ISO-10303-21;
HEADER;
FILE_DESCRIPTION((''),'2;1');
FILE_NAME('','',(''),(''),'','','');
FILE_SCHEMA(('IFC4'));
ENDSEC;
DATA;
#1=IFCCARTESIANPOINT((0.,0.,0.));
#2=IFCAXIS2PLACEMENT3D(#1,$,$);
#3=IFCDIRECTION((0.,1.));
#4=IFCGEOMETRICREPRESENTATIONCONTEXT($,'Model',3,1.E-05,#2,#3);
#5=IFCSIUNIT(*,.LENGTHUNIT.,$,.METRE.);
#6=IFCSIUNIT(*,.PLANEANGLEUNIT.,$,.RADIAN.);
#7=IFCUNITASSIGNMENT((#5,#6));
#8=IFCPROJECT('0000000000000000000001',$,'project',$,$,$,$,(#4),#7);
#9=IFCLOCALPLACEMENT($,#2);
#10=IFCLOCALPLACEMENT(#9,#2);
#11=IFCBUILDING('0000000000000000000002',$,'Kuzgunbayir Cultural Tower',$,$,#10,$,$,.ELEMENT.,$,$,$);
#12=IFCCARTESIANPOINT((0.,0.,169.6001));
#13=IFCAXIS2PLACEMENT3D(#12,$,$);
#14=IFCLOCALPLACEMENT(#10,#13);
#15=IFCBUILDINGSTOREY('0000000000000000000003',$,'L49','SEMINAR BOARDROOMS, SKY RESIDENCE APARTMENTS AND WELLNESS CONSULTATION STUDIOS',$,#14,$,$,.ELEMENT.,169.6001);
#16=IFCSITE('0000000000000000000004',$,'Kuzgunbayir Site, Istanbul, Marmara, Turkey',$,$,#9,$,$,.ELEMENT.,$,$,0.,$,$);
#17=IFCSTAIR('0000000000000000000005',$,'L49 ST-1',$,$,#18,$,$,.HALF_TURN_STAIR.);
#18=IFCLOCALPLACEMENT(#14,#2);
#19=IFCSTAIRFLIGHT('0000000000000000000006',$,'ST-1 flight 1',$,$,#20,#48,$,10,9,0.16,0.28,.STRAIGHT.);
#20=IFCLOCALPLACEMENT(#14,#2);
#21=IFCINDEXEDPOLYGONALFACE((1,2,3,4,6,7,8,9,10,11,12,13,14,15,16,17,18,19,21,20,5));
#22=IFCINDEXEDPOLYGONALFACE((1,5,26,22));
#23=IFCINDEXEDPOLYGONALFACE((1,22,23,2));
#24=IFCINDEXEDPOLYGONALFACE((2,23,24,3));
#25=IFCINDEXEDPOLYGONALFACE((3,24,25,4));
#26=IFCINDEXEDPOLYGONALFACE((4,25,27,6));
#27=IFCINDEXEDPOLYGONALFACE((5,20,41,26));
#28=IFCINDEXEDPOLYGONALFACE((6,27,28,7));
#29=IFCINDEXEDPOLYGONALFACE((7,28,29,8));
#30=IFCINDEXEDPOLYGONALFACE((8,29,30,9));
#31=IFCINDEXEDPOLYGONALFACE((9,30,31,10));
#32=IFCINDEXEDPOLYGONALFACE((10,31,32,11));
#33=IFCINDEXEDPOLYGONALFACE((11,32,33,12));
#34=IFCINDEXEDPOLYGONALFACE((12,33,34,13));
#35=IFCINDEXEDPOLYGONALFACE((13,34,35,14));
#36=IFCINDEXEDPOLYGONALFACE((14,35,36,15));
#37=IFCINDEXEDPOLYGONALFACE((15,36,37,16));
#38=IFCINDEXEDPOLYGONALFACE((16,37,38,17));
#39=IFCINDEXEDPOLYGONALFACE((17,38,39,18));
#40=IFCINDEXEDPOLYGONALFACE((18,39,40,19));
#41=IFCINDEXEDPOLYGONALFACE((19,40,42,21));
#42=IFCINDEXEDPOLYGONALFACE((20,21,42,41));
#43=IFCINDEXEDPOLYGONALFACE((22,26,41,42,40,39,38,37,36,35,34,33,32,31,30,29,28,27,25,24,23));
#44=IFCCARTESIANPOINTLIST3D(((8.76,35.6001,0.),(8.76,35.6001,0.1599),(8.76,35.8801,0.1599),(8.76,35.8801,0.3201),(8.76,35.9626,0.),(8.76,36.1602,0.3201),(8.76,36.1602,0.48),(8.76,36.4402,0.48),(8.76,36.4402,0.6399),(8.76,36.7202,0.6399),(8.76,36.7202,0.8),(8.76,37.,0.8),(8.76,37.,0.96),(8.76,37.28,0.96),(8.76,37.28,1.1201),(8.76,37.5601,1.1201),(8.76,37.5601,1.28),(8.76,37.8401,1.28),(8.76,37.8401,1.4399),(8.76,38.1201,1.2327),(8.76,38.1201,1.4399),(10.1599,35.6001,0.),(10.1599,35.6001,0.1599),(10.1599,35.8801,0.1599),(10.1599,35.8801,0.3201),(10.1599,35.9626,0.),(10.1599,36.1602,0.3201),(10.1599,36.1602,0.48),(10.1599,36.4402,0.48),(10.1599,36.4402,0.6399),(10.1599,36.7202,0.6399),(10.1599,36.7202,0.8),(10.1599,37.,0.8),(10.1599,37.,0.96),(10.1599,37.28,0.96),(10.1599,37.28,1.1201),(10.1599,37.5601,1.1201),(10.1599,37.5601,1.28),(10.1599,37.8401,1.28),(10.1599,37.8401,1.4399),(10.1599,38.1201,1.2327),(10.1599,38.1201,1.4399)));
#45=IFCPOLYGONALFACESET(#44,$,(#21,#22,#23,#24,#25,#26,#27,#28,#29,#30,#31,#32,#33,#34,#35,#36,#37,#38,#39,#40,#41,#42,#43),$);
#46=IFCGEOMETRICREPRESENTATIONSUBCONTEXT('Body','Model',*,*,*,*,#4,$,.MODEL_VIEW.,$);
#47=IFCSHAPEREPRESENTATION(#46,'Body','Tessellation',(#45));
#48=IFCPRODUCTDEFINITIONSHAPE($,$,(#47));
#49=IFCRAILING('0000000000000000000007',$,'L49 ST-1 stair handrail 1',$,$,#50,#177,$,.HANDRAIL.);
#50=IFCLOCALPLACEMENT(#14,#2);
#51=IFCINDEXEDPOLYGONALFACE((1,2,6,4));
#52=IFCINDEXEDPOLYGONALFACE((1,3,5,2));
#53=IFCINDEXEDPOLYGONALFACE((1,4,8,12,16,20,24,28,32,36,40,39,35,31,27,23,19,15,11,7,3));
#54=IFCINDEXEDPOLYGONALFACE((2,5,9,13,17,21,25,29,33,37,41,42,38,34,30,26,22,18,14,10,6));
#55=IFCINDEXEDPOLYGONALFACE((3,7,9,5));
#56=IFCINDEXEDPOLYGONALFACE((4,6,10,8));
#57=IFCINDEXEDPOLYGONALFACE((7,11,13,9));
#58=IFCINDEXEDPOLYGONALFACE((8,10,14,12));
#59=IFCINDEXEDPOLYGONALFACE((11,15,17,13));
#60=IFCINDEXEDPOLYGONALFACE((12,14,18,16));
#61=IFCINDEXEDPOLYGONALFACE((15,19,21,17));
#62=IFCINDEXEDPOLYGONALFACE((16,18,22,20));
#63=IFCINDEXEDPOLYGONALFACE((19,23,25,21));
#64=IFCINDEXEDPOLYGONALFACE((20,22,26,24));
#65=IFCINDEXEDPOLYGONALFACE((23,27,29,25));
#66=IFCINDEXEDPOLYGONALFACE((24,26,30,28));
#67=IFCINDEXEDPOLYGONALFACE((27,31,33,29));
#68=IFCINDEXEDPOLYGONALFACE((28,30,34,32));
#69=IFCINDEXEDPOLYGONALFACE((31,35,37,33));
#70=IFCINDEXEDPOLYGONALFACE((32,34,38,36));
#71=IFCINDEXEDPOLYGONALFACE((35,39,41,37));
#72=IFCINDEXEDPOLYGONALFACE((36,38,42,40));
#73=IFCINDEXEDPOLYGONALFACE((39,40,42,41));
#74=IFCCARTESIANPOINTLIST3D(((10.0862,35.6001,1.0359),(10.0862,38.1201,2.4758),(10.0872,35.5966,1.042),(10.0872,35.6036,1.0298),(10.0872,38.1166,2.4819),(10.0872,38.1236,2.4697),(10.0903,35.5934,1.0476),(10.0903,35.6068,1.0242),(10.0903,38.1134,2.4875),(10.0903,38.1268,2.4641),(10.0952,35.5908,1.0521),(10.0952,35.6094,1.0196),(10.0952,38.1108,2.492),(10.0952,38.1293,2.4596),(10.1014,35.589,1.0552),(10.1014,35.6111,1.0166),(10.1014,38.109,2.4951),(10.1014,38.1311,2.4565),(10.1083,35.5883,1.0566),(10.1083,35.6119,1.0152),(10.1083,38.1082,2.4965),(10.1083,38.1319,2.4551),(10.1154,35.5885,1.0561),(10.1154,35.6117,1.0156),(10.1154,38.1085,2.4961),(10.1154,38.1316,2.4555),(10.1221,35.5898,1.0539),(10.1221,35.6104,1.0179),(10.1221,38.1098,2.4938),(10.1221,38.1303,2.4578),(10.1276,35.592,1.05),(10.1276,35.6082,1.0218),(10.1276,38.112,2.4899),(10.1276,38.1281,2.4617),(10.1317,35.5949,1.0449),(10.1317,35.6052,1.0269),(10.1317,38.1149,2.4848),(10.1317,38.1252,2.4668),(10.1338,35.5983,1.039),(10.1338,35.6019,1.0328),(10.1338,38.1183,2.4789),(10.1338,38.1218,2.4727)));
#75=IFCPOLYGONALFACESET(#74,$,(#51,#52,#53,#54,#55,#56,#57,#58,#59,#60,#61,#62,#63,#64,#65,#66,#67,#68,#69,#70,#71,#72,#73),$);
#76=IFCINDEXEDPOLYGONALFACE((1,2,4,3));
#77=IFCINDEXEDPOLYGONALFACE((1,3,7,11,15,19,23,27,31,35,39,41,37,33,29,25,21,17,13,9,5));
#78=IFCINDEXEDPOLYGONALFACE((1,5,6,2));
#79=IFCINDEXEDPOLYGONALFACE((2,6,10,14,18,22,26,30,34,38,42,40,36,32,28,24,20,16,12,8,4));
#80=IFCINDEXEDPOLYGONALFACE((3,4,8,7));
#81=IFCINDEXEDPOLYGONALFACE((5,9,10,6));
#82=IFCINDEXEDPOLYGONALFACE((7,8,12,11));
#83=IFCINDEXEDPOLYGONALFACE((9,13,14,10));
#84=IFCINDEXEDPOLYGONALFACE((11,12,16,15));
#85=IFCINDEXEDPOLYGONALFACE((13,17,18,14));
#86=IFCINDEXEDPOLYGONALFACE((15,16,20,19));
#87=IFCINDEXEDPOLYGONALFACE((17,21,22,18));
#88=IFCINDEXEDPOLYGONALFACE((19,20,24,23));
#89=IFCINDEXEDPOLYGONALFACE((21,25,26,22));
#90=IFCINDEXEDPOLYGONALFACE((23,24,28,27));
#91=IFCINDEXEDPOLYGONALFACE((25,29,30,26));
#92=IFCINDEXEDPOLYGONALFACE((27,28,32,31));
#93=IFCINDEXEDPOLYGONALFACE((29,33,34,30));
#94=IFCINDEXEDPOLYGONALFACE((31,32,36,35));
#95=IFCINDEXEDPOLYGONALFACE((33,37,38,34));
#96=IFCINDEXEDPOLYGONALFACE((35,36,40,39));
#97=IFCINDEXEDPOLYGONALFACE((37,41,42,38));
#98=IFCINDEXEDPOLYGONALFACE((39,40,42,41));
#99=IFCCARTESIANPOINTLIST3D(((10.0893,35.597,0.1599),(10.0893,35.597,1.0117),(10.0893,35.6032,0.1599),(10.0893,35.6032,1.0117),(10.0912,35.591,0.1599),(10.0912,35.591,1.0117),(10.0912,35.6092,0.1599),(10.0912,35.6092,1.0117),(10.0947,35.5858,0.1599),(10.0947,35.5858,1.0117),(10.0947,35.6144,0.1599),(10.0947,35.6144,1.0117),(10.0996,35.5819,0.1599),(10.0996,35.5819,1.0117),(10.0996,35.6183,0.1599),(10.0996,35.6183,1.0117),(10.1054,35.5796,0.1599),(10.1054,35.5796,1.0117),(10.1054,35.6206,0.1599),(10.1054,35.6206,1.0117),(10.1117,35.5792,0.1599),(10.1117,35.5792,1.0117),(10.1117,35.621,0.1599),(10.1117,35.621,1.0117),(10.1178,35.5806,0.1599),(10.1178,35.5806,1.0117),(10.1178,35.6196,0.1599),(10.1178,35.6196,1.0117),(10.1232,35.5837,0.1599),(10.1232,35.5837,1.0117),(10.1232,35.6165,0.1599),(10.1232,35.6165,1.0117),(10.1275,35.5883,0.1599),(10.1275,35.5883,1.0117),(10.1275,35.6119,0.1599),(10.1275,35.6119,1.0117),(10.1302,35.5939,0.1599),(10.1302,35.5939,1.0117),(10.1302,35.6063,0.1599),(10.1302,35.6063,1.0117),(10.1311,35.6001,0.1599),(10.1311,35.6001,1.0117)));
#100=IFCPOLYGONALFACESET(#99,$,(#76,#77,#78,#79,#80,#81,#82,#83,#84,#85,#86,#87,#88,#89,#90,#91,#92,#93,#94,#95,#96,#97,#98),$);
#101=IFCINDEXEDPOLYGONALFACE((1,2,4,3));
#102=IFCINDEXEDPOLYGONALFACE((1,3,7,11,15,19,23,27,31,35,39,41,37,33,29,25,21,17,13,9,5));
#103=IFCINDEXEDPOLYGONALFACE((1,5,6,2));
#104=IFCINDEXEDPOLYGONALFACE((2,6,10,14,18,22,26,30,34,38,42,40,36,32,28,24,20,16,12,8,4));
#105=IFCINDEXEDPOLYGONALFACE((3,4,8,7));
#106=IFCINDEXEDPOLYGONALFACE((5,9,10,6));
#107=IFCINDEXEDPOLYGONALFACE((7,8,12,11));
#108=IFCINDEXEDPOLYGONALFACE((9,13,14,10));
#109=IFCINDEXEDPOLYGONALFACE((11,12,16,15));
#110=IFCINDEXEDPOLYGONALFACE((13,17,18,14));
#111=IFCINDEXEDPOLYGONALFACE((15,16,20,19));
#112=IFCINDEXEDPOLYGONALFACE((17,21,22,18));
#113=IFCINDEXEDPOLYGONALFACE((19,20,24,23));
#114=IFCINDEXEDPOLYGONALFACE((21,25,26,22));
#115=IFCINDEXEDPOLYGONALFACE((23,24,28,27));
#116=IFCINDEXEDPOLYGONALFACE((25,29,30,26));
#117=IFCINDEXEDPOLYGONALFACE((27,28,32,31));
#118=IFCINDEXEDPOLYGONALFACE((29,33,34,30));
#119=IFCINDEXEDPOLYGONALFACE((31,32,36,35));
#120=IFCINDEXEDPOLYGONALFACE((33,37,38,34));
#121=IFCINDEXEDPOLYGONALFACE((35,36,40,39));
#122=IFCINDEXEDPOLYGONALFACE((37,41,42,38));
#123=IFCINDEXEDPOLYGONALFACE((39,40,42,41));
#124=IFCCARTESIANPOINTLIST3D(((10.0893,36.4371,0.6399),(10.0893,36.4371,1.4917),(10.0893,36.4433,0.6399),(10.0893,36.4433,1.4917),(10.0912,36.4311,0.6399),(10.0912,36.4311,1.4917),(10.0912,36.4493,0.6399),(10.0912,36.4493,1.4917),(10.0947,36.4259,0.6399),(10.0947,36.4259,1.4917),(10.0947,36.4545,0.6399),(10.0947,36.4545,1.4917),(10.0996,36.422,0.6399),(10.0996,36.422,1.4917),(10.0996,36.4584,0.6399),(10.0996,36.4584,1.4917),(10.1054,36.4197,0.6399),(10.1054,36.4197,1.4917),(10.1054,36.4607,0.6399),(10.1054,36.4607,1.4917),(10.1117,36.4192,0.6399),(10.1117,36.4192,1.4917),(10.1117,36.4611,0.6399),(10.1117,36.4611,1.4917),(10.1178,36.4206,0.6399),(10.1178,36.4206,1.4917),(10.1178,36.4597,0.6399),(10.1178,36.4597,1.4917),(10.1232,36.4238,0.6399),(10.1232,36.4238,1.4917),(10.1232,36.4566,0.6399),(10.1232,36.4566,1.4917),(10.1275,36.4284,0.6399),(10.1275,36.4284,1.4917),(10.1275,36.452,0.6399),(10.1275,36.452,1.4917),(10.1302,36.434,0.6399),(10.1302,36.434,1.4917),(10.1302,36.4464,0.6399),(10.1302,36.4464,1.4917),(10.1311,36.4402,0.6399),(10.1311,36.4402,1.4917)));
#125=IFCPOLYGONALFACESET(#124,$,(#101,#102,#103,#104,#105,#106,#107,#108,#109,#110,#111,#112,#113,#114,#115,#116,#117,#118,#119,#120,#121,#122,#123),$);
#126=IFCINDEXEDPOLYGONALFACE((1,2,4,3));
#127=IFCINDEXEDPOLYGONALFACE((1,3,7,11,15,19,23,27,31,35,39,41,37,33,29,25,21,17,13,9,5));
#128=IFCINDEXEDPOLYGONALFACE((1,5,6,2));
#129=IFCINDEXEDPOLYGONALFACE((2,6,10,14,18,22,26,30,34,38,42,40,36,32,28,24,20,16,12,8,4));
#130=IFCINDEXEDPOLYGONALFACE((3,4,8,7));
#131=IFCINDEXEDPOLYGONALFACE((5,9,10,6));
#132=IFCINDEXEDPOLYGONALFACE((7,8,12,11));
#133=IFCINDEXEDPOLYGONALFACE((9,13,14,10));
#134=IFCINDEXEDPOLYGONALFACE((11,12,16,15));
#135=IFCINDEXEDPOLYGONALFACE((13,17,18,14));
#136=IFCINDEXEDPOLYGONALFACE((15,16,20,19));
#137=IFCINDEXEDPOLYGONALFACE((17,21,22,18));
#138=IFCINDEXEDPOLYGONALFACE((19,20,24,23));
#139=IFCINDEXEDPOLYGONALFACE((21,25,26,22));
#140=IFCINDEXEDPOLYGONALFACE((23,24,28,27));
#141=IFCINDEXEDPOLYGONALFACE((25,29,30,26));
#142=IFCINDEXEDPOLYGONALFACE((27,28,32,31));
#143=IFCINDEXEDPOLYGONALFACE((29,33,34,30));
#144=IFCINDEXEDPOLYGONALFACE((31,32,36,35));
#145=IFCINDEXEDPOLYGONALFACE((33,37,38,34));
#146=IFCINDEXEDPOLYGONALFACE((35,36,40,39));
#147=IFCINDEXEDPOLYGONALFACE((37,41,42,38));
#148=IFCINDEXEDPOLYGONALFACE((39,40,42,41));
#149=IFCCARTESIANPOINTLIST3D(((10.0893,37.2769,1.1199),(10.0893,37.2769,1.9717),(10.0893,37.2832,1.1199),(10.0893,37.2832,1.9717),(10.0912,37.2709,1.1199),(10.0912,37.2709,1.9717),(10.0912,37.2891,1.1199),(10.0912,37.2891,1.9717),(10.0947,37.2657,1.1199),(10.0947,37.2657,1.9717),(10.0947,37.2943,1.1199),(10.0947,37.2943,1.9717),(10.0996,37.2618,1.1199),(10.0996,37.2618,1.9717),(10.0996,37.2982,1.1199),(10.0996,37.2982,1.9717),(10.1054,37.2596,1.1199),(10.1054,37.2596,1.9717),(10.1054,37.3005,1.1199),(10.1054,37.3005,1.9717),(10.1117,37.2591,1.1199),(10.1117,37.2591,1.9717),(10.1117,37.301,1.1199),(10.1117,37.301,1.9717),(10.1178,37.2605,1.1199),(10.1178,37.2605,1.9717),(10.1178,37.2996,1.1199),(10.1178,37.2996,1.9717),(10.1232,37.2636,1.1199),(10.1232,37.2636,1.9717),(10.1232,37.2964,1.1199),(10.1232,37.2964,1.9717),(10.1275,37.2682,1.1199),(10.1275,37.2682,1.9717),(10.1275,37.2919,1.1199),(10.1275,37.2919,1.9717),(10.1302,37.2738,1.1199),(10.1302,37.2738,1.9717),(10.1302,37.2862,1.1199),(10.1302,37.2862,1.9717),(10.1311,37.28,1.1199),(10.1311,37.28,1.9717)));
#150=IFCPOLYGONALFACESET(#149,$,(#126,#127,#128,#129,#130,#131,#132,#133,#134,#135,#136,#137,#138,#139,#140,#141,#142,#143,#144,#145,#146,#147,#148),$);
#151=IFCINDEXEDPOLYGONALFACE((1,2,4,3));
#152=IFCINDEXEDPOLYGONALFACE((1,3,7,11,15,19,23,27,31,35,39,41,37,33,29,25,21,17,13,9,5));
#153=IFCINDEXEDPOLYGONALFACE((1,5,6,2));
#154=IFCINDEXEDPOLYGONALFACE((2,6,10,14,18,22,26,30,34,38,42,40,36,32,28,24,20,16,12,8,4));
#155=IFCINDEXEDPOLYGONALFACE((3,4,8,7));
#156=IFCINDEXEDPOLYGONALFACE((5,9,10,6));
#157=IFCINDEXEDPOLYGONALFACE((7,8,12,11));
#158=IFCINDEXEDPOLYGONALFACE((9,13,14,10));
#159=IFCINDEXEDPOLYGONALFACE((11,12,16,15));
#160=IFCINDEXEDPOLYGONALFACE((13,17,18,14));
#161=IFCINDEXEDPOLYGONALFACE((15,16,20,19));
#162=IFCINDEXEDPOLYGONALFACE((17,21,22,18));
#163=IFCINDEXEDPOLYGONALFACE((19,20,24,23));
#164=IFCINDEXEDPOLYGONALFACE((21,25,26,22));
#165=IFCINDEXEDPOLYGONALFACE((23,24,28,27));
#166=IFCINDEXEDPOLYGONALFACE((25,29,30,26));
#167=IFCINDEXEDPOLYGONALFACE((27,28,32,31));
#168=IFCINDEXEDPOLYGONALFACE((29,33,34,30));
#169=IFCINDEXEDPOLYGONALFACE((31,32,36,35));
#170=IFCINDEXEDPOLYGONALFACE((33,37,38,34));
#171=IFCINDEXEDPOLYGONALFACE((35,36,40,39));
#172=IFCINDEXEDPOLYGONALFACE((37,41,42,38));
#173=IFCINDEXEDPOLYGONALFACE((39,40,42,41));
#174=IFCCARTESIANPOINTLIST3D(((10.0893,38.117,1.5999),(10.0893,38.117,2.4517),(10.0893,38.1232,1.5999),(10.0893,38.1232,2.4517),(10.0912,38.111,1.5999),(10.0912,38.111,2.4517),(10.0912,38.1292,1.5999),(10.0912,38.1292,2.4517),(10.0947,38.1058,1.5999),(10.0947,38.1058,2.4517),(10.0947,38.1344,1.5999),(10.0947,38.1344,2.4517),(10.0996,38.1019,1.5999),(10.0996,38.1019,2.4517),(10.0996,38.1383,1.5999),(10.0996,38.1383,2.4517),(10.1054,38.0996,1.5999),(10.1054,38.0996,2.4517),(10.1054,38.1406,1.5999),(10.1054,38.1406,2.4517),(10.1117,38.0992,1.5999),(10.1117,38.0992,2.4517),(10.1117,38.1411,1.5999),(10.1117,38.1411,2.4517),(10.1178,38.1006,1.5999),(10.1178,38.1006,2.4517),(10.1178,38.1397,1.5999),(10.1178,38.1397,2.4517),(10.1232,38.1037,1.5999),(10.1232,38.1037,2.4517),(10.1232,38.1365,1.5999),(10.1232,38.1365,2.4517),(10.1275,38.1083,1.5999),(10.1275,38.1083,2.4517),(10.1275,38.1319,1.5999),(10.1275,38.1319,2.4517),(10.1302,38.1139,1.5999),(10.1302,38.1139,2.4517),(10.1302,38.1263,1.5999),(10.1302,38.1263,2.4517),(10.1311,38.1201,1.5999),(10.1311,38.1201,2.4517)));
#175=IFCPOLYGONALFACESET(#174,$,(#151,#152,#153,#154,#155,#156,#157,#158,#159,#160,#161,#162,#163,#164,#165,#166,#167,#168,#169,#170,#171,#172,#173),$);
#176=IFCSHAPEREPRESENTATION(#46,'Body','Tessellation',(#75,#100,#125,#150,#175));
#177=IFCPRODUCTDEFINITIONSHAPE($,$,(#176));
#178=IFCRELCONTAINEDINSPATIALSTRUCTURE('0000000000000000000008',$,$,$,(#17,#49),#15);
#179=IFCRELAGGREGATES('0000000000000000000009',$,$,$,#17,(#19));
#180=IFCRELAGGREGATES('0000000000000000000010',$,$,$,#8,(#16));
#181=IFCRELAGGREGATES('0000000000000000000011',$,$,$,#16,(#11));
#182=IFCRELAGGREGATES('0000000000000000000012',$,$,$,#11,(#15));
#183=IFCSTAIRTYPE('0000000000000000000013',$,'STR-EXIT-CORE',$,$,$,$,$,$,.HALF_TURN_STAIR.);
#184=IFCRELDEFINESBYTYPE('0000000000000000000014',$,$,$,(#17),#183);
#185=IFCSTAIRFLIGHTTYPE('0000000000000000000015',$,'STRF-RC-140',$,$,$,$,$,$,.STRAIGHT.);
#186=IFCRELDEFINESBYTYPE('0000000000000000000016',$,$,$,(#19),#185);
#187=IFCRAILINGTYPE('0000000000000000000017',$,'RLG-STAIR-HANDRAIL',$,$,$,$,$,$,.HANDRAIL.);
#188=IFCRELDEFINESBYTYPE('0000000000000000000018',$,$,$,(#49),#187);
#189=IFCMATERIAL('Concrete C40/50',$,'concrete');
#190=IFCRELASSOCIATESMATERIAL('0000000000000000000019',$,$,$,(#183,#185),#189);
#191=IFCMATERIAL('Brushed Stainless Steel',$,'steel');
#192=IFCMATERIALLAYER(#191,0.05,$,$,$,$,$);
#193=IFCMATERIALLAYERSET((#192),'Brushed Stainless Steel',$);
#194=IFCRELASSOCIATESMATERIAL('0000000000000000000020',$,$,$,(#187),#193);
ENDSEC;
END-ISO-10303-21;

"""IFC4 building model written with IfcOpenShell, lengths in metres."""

from ifc_helpers import new_model, si_unit, direction, frame, origin, origin_2d, place, context, subcontext, project, spatial, polyline, circle, outline, extrude, material, layer, layer_set, type_object, element, aggregate, save


model = new_model("IFC4")

# Units and contexts
model_context = context("Model", 3, precision=1e-05, world=origin(), true_north=direction((0.0, 1.0)))
body_context = subcontext(model_context, "Body", "Model", "MODEL_VIEW")
ifc_project = project(units=[si_unit("LENGTHUNIT", "METRE"), si_unit("PLANEANGLEUNIT", "RADIAN")], contexts=[model_context])

# Site, building, storey
site_placement = place(None, origin())
site = spatial("IfcSite", under=ifc_project, at=site_placement, Name="Kuzgunbayir Site, Istanbul, Marmara, Turkey", CompositionType="ELEMENT", RefElevation=0.0)
building_placement = place(site_placement, origin())
building = spatial("IfcBuilding", under=site, at=building_placement, Name="Kuzgunbayir Cultural Tower", CompositionType="ELEMENT")
storey_placement = place(building_placement, frame((0.0, 0.0, 169.6001)))
storey = spatial("IfcBuildingStorey", under=building, at=storey_placement, Name="L49", Description="SEMINAR BOARDROOMS, SKY RESIDENCE APARTMENTS AND WELLNESS CONSULTATION STUDIOS", CompositionType="ELEMENT", Elevation=169.6001)

# Shared definitions
ifc_material_1 = material(Name="Concrete C40/50", Category="concrete")

# Shared definitions
ifc_material_2 = material(Name="Brushed Stainless Steel", Category="steel")

# Stair, stair flight
stair_type = type_object("IfcStairType", Name="STR-EXIT-CORE", PredefinedType="HALF_TURN_STAIR", material=ifc_material_1)
stair_placement = place(storey_placement, origin())
stair = element("IfcStair", 1, at=stair_placement, inside=storey, type_object=stair_type, Name="L49 ST-1", PredefinedType="HALF_TURN_STAIR")
stair_flight_type = type_object("IfcStairFlightType", Name="STRF-RC-140", PredefinedType="STRAIGHT", material=ifc_material_1)
stair_flight_placement = place(storey_placement, frame((9.46, 35.6001, 0.0), z_axis=(0.0, 0.0, 1.0), x_axis=(0.0, 1.0, 0.0)))
stair_flight = element("IfcStairFlight", 2, at=stair_flight_placement, type_object=stair_flight_type, Name="ST-1 flight 1", NumberOfRisers=10, NumberOfTreads=9, PredefinedType="STRAIGHT", RiserHeight=0.16, TreadLength=0.28, context=body_context, shape_type="SweptSolid", body=[
    extrude(outline(polyline([(0.0, 0.0), (0.0, 0.1599), (0.28, 0.1599), (0.28, 0.3201), (0.5601, 0.3201), (0.5601, 0.48), (0.8401, 0.48), (0.8401, 0.6399), (1.1201, 0.6399), (1.1201, 0.8), (1.3999, 0.8), (1.3999, 0.96), (1.6799, 0.96), (1.6799, 1.1201), (1.96, 1.1201), (1.96, 1.28), (2.24, 1.28), (2.24, 1.4399), (2.52, 1.4399), (2.52, 1.6001), (2.52, 1.2327), (0.3625, 0.0), (0.0, 0.0)])), frame((0.0, 0.7, 0.0), z_axis=(0.0, -1.0, 0.0), x_axis=(1.0, 0.0, 0.0)), (0.0, 0.0, 1.0), 1.3999),
])
aggregate(stair, [stair_flight])

# Railing
ifc_layer_1 = layer(ifc_material_2, 0.05)
ifc_layer_set_1 = layer_set([ifc_layer_1], Name="Brushed Stainless Steel")
railing_type_1 = type_object("IfcRailingType", Name="RLG-STAIR-HANDRAIL", PredefinedType="HANDRAIL", material=ifc_layer_set_1)
railing_1_placement = place(storey_placement, frame((10.1101, 35.6001, 0.1599)))
element("IfcRailing", 3, at=railing_1_placement, inside=storey, type_object=railing_type_1, Name="L49 ST-1 stair handrail 1", PredefinedType="HANDRAIL", context=body_context, shape_type="SweptSolid", body=[
    extrude(circle(Radius=0.0239, at=origin_2d()), frame((0.0, 0.0, 0.876), z_axis=(0.0, 0.868253, 0.496121), x_axis=(-1.0, 0.0, 0.0)), (0.0, 0.0, 1.0), 2.9023),
    extrude(circle(Radius=0.021, at=origin_2d()), origin(), (0.0, 0.0, 1.0), 0.8518),
    extrude(circle(Radius=0.021, at=origin_2d()), frame((0.0, 0.8401, 0.48)), (0.0, 0.0, 1.0), 0.8518),
    extrude(circle(Radius=0.021, at=origin_2d()), frame((0.0, 1.6799, 0.96)), (0.0, 0.0, 1.0), 0.8518),
    extrude(circle(Radius=0.021, at=origin_2d()), frame((0.0, 2.52, 1.4399)), (0.0, 0.0, 1.0), 0.8518),
])

save(model, "model.ifc")
